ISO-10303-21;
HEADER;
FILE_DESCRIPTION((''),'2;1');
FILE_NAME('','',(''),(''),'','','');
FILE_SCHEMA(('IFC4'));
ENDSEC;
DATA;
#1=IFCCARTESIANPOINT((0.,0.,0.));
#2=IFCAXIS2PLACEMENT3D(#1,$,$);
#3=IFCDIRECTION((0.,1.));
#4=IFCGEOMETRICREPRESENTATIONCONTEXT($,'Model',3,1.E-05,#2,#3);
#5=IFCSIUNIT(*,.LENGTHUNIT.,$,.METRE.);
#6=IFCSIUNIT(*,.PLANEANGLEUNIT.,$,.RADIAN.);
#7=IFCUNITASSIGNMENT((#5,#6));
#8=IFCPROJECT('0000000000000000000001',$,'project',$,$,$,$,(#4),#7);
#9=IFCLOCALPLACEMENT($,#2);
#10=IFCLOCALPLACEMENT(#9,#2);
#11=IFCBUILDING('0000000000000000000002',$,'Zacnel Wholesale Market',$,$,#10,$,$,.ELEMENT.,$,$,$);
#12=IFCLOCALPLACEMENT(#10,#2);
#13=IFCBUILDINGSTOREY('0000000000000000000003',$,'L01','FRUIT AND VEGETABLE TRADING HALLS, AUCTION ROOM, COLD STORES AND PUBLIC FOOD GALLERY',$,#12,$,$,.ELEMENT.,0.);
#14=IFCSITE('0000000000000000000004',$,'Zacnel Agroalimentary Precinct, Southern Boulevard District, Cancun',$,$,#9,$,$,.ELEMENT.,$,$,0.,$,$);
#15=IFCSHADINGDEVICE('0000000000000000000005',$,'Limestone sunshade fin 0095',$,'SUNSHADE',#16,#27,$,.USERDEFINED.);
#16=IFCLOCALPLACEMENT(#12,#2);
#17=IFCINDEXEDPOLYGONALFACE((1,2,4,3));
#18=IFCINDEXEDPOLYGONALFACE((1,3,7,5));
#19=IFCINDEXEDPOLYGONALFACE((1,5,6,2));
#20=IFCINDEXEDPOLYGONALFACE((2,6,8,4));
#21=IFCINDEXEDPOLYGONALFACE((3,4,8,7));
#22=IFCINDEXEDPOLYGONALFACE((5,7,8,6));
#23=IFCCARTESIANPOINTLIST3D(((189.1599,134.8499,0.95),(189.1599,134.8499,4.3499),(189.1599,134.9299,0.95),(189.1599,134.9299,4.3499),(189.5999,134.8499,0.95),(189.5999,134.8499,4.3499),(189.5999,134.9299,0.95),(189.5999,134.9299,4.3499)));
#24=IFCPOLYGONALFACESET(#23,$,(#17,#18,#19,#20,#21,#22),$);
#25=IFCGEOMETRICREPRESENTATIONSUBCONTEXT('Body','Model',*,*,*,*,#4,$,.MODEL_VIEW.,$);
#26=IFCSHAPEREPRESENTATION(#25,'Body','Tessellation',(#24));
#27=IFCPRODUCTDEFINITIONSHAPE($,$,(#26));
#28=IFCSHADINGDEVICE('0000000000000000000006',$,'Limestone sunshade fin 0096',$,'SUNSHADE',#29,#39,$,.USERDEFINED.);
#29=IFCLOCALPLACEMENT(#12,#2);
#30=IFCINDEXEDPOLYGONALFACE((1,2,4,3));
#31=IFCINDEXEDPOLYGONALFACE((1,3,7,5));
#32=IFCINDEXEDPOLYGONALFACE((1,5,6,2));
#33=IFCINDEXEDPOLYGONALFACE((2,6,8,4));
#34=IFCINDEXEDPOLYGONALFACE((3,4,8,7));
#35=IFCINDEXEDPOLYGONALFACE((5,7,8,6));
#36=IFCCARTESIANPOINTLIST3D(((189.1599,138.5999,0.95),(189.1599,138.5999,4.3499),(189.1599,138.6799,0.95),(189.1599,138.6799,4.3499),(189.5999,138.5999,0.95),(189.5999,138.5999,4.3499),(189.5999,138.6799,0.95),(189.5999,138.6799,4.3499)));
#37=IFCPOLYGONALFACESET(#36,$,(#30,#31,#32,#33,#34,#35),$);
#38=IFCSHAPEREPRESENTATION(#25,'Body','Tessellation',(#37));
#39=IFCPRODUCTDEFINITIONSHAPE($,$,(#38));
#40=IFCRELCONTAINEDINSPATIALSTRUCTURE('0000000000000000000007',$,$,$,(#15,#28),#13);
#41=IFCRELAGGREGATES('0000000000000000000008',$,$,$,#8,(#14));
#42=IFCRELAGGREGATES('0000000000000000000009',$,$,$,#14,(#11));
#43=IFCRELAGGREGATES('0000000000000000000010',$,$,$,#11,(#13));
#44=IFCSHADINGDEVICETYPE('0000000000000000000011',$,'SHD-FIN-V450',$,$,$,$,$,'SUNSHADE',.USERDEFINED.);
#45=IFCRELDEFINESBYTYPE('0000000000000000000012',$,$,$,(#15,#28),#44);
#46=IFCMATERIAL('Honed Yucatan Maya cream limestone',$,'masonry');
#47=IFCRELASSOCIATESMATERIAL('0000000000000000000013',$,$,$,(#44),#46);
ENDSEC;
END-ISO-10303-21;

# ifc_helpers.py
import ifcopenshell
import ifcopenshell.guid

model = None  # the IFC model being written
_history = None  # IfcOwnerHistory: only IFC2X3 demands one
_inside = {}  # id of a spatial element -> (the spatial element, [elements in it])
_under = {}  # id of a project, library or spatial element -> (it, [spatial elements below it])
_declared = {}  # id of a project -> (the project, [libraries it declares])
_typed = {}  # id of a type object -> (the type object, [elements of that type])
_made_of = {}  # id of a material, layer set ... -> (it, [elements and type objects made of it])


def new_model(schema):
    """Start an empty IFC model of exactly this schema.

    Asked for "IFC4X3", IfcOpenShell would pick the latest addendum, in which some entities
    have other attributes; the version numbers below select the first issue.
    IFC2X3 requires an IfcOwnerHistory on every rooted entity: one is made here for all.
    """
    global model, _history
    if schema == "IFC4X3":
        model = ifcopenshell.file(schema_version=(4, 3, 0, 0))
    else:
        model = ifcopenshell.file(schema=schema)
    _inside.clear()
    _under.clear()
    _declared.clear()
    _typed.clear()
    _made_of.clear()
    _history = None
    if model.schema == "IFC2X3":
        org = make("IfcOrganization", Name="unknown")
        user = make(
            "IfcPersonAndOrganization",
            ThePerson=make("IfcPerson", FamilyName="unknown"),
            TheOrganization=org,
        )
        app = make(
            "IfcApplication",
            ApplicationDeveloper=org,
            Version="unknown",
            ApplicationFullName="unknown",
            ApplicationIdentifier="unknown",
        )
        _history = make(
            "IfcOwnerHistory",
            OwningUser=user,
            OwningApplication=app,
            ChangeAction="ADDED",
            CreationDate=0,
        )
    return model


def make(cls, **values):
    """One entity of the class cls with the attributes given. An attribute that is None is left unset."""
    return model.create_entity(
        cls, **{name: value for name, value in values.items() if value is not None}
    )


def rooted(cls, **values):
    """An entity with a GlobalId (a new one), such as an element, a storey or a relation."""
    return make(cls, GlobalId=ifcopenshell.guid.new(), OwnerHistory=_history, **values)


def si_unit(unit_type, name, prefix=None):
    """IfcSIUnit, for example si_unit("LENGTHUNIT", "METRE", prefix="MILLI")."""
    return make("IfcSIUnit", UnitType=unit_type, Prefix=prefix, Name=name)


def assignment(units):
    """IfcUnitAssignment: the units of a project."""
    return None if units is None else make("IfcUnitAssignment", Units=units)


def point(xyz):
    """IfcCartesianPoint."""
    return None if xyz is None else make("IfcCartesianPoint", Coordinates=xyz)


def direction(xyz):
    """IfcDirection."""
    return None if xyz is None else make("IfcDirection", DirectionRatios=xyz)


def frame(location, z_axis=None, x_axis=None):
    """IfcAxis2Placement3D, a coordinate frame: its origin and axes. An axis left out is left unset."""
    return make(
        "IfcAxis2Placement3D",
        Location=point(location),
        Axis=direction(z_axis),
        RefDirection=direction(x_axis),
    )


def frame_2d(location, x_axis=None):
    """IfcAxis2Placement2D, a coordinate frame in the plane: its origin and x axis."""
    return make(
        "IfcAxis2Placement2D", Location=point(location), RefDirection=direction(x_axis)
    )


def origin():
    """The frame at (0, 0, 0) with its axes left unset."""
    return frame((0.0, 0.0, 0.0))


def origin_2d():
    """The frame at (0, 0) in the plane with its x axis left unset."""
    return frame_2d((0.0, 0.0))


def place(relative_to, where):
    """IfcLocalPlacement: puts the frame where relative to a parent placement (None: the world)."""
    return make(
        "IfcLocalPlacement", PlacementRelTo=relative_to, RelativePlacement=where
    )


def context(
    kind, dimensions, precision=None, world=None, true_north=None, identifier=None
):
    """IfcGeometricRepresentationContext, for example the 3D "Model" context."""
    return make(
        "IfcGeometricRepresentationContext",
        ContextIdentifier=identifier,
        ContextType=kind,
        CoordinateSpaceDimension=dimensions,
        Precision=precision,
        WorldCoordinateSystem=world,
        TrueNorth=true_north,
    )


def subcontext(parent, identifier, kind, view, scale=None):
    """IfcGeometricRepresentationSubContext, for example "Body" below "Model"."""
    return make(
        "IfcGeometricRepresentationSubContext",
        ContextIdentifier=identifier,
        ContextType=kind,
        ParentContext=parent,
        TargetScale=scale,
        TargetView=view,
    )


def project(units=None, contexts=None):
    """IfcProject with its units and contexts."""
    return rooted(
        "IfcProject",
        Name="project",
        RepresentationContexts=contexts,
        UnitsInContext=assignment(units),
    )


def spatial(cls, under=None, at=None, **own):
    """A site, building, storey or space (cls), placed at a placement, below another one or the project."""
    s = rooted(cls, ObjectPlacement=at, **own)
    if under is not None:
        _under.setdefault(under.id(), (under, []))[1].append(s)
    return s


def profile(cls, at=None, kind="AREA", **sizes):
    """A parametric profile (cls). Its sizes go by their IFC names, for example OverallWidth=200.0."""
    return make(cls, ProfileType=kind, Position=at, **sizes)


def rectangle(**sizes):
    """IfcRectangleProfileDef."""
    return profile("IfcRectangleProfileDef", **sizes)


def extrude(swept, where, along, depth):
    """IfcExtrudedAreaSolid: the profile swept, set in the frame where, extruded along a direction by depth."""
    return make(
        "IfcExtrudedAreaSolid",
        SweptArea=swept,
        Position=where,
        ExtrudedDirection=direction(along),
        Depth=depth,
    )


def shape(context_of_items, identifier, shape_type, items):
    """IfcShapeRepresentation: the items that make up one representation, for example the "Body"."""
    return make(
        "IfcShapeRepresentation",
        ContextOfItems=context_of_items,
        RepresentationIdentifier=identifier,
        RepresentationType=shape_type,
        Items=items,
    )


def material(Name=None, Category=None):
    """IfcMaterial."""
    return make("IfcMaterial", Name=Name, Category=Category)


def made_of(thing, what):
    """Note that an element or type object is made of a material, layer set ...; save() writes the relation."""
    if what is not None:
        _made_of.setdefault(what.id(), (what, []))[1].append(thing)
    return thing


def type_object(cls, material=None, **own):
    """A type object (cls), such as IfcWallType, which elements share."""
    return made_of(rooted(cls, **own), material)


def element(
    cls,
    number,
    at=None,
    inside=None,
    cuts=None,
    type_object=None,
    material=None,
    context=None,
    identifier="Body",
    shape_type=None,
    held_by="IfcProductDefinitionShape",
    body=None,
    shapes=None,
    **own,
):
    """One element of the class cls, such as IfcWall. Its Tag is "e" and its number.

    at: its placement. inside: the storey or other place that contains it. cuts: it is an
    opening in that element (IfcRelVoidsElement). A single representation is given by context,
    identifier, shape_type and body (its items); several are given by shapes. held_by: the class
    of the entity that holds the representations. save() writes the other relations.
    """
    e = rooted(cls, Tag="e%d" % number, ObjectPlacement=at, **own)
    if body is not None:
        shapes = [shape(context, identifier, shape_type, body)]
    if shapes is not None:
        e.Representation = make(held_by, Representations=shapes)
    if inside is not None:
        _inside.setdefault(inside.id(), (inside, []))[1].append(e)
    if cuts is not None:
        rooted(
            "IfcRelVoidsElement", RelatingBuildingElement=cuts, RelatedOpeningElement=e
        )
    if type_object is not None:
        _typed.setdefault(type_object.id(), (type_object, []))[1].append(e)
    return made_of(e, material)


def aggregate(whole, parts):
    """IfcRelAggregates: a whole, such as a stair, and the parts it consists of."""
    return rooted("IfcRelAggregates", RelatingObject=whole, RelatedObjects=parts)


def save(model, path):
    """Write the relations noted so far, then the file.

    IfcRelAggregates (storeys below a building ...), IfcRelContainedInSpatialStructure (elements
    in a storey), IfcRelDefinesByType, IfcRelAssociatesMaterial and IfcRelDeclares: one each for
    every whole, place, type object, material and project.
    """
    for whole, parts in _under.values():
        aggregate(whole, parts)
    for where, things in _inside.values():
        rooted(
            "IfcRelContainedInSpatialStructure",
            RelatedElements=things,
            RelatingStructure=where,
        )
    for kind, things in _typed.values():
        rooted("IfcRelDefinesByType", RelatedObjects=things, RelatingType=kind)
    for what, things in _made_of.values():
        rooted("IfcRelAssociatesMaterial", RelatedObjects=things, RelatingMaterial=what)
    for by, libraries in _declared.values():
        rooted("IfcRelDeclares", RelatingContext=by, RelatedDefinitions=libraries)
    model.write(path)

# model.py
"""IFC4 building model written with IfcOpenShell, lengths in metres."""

from ifc_helpers import new_model, si_unit, direction, frame, origin, origin_2d, place, context, subcontext, project, spatial, rectangle, extrude, material, type_object, element, save


model = new_model("IFC4")

# Units and contexts
model_context = context("Model", 3, precision=1e-05, world=origin(), true_north=direction((0.0, 1.0)))
body_context = subcontext(model_context, "Body", "Model", "MODEL_VIEW")
ifc_project = project(units=[si_unit("LENGTHUNIT", "METRE"), si_unit("PLANEANGLEUNIT", "RADIAN")], contexts=[model_context])

# Site, building, storey
site_placement = place(None, origin())
site = spatial("IfcSite", under=ifc_project, at=site_placement, Name="Zacnel Agroalimentary Precinct, Southern Boulevard District, Cancun", CompositionType="ELEMENT", RefElevation=0.0)
building_placement = place(site_placement, origin())
building = spatial("IfcBuilding", under=site, at=building_placement, Name="Zacnel Wholesale Market", CompositionType="ELEMENT")
storey_placement = place(building_placement, origin())
storey = spatial("IfcBuildingStorey", under=building, at=storey_placement, Name="L01", Description="FRUIT AND VEGETABLE TRADING HALLS, AUCTION ROOM, COLD STORES AND PUBLIC FOOD GALLERY", CompositionType="ELEMENT", Elevation=0.0)

# Shading devices
ifc_material_1 = material(Name="Honed Yucatan Maya cream limestone", Category="masonry")
shading_device_type = type_object("IfcShadingDeviceType", Name="SHD-FIN-V450", ElementType="SUNSHADE", PredefinedType="USERDEFINED", material=ifc_material_1)
for number, where, z_axis, x_axis, name in (
    (1, (189.3799, 134.8899, 0.95), (0.0, 0.0, 1.0), (0.0, 1.0, 0.0), "Limestone sunshade fin 0095"),
    (2, (189.3799, 138.6399, 0.95), (0.0, 0.0, 1.0), (0.0, 1.0, 0.0), "Limestone sunshade fin 0096"),
):
    element("IfcShadingDevice", number, at=place(storey_placement, frame(where, z_axis=z_axis, x_axis=x_axis)), inside=storey, type_object=shading_device_type, Name=name, ObjectType="SUNSHADE", PredefinedType="USERDEFINED", context=body_context, shape_type="SweptSolid", body=[
        extrude(rectangle(XDim=0.0801, YDim=0.4399, at=origin_2d()), origin(), (0.0, 0.0, 1.0), 3.3999),
    ])

save(model, "model.ifc")
